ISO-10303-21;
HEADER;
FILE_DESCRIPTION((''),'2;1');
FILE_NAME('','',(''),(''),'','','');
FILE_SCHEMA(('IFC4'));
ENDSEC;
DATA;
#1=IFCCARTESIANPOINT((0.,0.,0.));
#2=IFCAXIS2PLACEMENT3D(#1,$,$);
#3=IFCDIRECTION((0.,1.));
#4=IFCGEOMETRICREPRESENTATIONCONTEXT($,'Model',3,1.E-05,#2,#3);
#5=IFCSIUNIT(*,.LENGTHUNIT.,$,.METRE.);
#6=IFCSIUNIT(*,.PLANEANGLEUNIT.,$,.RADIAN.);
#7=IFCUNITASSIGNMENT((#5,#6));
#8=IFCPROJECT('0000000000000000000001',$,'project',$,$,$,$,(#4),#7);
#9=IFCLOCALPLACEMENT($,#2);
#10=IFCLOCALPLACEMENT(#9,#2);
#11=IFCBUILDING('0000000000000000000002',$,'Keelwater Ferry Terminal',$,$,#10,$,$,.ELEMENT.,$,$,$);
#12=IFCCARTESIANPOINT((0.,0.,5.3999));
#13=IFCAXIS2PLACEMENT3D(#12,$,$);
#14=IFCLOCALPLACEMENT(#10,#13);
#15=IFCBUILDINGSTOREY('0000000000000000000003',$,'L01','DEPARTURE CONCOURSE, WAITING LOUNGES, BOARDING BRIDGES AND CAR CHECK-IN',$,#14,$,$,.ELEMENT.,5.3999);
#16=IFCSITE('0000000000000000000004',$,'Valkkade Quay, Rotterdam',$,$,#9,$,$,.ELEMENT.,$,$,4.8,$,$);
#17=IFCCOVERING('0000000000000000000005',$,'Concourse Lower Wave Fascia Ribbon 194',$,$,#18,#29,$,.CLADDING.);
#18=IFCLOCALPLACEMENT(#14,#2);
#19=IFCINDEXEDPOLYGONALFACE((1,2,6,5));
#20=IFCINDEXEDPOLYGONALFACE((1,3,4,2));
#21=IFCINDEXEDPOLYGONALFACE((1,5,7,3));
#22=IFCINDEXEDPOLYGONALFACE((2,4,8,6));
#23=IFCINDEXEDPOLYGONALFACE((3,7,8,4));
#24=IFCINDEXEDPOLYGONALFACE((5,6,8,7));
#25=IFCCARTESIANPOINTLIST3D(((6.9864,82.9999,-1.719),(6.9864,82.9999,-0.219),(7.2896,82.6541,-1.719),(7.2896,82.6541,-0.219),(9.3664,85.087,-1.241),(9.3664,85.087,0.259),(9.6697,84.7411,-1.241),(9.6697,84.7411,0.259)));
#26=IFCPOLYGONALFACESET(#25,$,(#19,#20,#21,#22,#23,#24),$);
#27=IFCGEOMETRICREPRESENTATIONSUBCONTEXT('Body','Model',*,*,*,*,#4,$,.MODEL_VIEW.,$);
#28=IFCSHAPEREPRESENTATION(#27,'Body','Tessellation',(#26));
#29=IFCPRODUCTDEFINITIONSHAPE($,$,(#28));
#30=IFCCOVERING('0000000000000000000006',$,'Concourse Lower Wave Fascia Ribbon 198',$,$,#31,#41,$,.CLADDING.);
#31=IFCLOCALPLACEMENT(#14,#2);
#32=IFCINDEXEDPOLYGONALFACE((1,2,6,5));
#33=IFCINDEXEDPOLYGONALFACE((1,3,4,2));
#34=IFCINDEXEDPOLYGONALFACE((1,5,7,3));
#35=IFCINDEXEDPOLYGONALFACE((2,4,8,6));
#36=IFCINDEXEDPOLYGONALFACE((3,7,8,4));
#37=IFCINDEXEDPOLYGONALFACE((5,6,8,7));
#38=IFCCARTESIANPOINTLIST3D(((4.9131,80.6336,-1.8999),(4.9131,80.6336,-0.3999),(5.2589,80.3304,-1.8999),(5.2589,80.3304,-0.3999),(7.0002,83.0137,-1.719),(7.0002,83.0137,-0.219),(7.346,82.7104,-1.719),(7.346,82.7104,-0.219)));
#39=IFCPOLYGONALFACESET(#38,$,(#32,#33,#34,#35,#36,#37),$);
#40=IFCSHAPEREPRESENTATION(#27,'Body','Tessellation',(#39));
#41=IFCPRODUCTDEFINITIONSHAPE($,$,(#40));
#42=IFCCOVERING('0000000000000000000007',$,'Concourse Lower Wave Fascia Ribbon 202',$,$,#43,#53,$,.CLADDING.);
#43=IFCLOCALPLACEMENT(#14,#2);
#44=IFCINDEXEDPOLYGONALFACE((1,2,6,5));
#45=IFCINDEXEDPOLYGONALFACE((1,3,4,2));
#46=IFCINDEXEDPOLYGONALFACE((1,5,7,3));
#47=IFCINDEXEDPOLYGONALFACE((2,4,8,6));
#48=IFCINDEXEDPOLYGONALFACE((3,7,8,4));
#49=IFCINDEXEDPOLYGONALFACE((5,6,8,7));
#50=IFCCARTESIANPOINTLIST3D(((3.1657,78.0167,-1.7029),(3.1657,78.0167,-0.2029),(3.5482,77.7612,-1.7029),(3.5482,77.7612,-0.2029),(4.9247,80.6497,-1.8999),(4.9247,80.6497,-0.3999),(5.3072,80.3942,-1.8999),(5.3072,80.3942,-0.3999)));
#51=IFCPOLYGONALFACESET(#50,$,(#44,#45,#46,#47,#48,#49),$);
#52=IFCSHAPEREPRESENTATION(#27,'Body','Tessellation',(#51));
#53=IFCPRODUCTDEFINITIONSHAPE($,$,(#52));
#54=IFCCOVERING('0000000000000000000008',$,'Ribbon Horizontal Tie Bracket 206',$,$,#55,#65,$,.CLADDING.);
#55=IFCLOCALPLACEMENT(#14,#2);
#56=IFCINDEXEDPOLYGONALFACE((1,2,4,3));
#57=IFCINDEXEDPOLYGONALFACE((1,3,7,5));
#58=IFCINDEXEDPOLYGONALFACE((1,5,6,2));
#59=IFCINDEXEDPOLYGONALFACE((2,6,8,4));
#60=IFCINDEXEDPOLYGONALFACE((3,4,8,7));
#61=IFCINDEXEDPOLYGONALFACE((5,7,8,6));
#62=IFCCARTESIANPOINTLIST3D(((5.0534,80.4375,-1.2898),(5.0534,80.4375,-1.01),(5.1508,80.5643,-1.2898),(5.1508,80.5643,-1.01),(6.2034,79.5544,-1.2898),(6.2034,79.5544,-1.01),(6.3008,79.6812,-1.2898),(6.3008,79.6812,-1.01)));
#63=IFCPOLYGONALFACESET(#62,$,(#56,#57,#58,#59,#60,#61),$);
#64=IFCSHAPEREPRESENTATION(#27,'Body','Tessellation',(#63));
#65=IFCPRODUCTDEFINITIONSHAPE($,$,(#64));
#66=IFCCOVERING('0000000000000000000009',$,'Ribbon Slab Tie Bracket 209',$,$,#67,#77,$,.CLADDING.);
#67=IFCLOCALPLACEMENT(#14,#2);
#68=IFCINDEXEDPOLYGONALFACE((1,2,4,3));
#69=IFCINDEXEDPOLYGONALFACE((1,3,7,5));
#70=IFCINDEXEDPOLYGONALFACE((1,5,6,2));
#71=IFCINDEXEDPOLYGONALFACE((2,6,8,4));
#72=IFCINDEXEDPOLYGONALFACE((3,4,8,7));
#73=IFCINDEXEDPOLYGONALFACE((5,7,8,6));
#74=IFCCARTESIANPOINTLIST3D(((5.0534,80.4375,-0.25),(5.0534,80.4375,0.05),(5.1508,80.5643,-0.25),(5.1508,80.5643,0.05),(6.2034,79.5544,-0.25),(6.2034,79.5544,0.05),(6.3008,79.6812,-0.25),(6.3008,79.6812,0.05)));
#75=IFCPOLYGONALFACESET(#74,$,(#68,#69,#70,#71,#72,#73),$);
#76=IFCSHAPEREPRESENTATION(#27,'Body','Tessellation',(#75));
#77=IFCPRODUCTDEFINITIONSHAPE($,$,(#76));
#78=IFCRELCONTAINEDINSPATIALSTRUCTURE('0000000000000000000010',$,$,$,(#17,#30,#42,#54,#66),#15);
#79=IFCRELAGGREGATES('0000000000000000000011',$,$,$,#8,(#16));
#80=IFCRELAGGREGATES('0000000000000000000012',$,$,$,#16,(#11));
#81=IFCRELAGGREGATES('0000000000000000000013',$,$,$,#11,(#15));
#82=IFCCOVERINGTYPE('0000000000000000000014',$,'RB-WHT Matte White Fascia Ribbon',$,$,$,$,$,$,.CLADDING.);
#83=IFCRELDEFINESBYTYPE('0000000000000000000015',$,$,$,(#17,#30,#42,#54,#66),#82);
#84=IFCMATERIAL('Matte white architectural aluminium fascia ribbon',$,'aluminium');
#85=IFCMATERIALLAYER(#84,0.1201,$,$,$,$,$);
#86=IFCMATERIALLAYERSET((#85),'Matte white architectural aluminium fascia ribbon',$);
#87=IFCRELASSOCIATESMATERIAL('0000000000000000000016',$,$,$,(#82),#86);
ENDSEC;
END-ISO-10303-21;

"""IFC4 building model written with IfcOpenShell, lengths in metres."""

from ifc_helpers import new_model, si_unit, direction, frame, frame_2d, origin, place, context, subcontext, project, spatial, polyline, rectangle, outline, extrude, material, layer, layer_set, type_object, element, save


model = new_model("IFC4")

# Units and contexts
model_context = context("Model", 3, precision=1e-05, world=origin(), true_north=direction((0.0, 1.0)))
body_context = subcontext(model_context, "Body", "Model", "MODEL_VIEW")
ifc_project = project(units=[si_unit("LENGTHUNIT", "METRE"), si_unit("PLANEANGLEUNIT", "RADIAN")], contexts=[model_context])

# Site, building, storey
site_placement = place(None, origin())
site = spatial("IfcSite", under=ifc_project, at=site_placement, Name="Valkkade Quay, Rotterdam", CompositionType="ELEMENT", RefElevation=4.8)
building_placement = place(site_placement, origin())
building = spatial("IfcBuilding", under=site, at=building_placement, Name="Keelwater Ferry Terminal", CompositionType="ELEMENT")
storey_placement = place(building_placement, frame((0.0, 0.0, 5.3999)))
storey = spatial("IfcBuildingStorey", under=building, at=storey_placement, Name="L01", Description="DEPARTURE CONCOURSE, WAITING LOUNGES, BOARDING BRIDGES AND CAR CHECK-IN", CompositionType="ELEMENT", Elevation=5.3999)

# Coverings
ifc_material_1 = material(Name="Matte white architectural aluminium fascia ribbon", Category="aluminium")
ifc_layer_1 = layer(ifc_material_1, 0.1201)
ifc_layer_set_1 = layer_set([ifc_layer_1], Name="Matte white architectural aluminium fascia ribbon")
covering_type = type_object("IfcCoveringType", Name="RB-WHT Matte White Fascia Ribbon", PredefinedType="CLADDING", material=ifc_layer_set_1)
covering_1_placement = place(storey_placement, frame((9.5181, 84.9141, -1.719), z_axis=(0.0, 0.0, 1.0), x_axis=(-0.751864, -0.659318, 0.0)))
element("IfcCovering", 1, at=covering_1_placement, inside=storey, type_object=covering_type, Name="Concourse Lower Wave Fascia Ribbon 194", PredefinedType="CLADDING", context=body_context, shape_type="SweptSolid", body=[
    extrude(outline(polyline([(0.0, 0.478), (3.1655, 0.0), (3.1655, 1.5), (0.0, 1.978), (0.0, 0.478)])), frame((0.0, 0.23, 0.0), z_axis=(0.0, -1.0, 0.0), x_axis=(1.0, 0.0, 0.0)), (0.0, 0.0, 1.0), 0.46),
])
covering_2_placement = place(storey_placement, frame((7.1731, 82.8621, -1.8999), z_axis=(0.0, 0.0, 1.0), x_axis=(-0.659318, -0.751864, 0.0)))
element("IfcCovering", 2, at=covering_2_placement, inside=storey, type_object=covering_type, Name="Concourse Lower Wave Fascia Ribbon 198", PredefinedType="CLADDING", context=body_context, shape_type="SweptSolid", body=[
    extrude(outline(polyline([(0.0, 0.1809), (3.1655, 0.0), (3.1655, 1.5), (0.0, 1.6809), (0.0, 0.1809)])), frame((0.0, 0.23, 0.0), z_axis=(0.0, -1.0, 0.0), x_axis=(1.0, 0.0, 0.0)), (0.0, 0.0, 1.0), 0.46),
])
covering_3_placement = place(storey_placement, frame((5.116, 80.522, -1.8999), z_axis=(0.0, 0.0, 1.0), x_axis=(-0.555501, -0.831516, 0.0)))
element("IfcCovering", 3, at=covering_3_placement, inside=storey, type_object=covering_type, Name="Concourse Lower Wave Fascia Ribbon 202", PredefinedType="CLADDING", context=body_context, shape_type="SweptSolid", body=[
    extrude(outline(polyline([(0.0, 0.0), (3.1665, 0.197), (3.1665, 1.697), (0.0, 1.5), (0.0, 0.0)])), frame((0.0, 0.23, 0.0), z_axis=(0.0, -1.0, 0.0), x_axis=(1.0, 0.0, 0.0)), (0.0, 0.0, 1.0), 0.46),
])
covering_4_placement = place(storey_placement, frame((5.1021, 80.501, -1.2898), z_axis=(0.0, 0.0, 1.0), x_axis=(0.793118, -0.609068, 0.0)))
element("IfcCovering", 4, at=covering_4_placement, inside=storey, type_object=covering_type, Name="Ribbon Horizontal Tie Bracket 206", PredefinedType="CLADDING", context=body_context, shape_type="SweptSolid", body=[
    extrude(rectangle(XDim=1.45, YDim=0.1599, at=frame_2d((0.7251, 0.0))), origin(), (0.0, 0.0, 1.0), 0.2798),
])
covering_5_placement = place(storey_placement, frame((5.1021, 80.501, -0.25), z_axis=(0.0, 0.0, 1.0), x_axis=(0.793118, -0.609068, 0.0)))
element("IfcCovering", 5, at=covering_5_placement, inside=storey, type_object=covering_type, Name="Ribbon Slab Tie Bracket 209", PredefinedType="CLADDING", context=body_context, shape_type="SweptSolid", body=[
    extrude(rectangle(XDim=1.45, YDim=0.1599, at=frame_2d((0.7251, 0.0))), origin(), (0.0, 0.0, 1.0), 0.3),
])

save(model, "model.ifc")
